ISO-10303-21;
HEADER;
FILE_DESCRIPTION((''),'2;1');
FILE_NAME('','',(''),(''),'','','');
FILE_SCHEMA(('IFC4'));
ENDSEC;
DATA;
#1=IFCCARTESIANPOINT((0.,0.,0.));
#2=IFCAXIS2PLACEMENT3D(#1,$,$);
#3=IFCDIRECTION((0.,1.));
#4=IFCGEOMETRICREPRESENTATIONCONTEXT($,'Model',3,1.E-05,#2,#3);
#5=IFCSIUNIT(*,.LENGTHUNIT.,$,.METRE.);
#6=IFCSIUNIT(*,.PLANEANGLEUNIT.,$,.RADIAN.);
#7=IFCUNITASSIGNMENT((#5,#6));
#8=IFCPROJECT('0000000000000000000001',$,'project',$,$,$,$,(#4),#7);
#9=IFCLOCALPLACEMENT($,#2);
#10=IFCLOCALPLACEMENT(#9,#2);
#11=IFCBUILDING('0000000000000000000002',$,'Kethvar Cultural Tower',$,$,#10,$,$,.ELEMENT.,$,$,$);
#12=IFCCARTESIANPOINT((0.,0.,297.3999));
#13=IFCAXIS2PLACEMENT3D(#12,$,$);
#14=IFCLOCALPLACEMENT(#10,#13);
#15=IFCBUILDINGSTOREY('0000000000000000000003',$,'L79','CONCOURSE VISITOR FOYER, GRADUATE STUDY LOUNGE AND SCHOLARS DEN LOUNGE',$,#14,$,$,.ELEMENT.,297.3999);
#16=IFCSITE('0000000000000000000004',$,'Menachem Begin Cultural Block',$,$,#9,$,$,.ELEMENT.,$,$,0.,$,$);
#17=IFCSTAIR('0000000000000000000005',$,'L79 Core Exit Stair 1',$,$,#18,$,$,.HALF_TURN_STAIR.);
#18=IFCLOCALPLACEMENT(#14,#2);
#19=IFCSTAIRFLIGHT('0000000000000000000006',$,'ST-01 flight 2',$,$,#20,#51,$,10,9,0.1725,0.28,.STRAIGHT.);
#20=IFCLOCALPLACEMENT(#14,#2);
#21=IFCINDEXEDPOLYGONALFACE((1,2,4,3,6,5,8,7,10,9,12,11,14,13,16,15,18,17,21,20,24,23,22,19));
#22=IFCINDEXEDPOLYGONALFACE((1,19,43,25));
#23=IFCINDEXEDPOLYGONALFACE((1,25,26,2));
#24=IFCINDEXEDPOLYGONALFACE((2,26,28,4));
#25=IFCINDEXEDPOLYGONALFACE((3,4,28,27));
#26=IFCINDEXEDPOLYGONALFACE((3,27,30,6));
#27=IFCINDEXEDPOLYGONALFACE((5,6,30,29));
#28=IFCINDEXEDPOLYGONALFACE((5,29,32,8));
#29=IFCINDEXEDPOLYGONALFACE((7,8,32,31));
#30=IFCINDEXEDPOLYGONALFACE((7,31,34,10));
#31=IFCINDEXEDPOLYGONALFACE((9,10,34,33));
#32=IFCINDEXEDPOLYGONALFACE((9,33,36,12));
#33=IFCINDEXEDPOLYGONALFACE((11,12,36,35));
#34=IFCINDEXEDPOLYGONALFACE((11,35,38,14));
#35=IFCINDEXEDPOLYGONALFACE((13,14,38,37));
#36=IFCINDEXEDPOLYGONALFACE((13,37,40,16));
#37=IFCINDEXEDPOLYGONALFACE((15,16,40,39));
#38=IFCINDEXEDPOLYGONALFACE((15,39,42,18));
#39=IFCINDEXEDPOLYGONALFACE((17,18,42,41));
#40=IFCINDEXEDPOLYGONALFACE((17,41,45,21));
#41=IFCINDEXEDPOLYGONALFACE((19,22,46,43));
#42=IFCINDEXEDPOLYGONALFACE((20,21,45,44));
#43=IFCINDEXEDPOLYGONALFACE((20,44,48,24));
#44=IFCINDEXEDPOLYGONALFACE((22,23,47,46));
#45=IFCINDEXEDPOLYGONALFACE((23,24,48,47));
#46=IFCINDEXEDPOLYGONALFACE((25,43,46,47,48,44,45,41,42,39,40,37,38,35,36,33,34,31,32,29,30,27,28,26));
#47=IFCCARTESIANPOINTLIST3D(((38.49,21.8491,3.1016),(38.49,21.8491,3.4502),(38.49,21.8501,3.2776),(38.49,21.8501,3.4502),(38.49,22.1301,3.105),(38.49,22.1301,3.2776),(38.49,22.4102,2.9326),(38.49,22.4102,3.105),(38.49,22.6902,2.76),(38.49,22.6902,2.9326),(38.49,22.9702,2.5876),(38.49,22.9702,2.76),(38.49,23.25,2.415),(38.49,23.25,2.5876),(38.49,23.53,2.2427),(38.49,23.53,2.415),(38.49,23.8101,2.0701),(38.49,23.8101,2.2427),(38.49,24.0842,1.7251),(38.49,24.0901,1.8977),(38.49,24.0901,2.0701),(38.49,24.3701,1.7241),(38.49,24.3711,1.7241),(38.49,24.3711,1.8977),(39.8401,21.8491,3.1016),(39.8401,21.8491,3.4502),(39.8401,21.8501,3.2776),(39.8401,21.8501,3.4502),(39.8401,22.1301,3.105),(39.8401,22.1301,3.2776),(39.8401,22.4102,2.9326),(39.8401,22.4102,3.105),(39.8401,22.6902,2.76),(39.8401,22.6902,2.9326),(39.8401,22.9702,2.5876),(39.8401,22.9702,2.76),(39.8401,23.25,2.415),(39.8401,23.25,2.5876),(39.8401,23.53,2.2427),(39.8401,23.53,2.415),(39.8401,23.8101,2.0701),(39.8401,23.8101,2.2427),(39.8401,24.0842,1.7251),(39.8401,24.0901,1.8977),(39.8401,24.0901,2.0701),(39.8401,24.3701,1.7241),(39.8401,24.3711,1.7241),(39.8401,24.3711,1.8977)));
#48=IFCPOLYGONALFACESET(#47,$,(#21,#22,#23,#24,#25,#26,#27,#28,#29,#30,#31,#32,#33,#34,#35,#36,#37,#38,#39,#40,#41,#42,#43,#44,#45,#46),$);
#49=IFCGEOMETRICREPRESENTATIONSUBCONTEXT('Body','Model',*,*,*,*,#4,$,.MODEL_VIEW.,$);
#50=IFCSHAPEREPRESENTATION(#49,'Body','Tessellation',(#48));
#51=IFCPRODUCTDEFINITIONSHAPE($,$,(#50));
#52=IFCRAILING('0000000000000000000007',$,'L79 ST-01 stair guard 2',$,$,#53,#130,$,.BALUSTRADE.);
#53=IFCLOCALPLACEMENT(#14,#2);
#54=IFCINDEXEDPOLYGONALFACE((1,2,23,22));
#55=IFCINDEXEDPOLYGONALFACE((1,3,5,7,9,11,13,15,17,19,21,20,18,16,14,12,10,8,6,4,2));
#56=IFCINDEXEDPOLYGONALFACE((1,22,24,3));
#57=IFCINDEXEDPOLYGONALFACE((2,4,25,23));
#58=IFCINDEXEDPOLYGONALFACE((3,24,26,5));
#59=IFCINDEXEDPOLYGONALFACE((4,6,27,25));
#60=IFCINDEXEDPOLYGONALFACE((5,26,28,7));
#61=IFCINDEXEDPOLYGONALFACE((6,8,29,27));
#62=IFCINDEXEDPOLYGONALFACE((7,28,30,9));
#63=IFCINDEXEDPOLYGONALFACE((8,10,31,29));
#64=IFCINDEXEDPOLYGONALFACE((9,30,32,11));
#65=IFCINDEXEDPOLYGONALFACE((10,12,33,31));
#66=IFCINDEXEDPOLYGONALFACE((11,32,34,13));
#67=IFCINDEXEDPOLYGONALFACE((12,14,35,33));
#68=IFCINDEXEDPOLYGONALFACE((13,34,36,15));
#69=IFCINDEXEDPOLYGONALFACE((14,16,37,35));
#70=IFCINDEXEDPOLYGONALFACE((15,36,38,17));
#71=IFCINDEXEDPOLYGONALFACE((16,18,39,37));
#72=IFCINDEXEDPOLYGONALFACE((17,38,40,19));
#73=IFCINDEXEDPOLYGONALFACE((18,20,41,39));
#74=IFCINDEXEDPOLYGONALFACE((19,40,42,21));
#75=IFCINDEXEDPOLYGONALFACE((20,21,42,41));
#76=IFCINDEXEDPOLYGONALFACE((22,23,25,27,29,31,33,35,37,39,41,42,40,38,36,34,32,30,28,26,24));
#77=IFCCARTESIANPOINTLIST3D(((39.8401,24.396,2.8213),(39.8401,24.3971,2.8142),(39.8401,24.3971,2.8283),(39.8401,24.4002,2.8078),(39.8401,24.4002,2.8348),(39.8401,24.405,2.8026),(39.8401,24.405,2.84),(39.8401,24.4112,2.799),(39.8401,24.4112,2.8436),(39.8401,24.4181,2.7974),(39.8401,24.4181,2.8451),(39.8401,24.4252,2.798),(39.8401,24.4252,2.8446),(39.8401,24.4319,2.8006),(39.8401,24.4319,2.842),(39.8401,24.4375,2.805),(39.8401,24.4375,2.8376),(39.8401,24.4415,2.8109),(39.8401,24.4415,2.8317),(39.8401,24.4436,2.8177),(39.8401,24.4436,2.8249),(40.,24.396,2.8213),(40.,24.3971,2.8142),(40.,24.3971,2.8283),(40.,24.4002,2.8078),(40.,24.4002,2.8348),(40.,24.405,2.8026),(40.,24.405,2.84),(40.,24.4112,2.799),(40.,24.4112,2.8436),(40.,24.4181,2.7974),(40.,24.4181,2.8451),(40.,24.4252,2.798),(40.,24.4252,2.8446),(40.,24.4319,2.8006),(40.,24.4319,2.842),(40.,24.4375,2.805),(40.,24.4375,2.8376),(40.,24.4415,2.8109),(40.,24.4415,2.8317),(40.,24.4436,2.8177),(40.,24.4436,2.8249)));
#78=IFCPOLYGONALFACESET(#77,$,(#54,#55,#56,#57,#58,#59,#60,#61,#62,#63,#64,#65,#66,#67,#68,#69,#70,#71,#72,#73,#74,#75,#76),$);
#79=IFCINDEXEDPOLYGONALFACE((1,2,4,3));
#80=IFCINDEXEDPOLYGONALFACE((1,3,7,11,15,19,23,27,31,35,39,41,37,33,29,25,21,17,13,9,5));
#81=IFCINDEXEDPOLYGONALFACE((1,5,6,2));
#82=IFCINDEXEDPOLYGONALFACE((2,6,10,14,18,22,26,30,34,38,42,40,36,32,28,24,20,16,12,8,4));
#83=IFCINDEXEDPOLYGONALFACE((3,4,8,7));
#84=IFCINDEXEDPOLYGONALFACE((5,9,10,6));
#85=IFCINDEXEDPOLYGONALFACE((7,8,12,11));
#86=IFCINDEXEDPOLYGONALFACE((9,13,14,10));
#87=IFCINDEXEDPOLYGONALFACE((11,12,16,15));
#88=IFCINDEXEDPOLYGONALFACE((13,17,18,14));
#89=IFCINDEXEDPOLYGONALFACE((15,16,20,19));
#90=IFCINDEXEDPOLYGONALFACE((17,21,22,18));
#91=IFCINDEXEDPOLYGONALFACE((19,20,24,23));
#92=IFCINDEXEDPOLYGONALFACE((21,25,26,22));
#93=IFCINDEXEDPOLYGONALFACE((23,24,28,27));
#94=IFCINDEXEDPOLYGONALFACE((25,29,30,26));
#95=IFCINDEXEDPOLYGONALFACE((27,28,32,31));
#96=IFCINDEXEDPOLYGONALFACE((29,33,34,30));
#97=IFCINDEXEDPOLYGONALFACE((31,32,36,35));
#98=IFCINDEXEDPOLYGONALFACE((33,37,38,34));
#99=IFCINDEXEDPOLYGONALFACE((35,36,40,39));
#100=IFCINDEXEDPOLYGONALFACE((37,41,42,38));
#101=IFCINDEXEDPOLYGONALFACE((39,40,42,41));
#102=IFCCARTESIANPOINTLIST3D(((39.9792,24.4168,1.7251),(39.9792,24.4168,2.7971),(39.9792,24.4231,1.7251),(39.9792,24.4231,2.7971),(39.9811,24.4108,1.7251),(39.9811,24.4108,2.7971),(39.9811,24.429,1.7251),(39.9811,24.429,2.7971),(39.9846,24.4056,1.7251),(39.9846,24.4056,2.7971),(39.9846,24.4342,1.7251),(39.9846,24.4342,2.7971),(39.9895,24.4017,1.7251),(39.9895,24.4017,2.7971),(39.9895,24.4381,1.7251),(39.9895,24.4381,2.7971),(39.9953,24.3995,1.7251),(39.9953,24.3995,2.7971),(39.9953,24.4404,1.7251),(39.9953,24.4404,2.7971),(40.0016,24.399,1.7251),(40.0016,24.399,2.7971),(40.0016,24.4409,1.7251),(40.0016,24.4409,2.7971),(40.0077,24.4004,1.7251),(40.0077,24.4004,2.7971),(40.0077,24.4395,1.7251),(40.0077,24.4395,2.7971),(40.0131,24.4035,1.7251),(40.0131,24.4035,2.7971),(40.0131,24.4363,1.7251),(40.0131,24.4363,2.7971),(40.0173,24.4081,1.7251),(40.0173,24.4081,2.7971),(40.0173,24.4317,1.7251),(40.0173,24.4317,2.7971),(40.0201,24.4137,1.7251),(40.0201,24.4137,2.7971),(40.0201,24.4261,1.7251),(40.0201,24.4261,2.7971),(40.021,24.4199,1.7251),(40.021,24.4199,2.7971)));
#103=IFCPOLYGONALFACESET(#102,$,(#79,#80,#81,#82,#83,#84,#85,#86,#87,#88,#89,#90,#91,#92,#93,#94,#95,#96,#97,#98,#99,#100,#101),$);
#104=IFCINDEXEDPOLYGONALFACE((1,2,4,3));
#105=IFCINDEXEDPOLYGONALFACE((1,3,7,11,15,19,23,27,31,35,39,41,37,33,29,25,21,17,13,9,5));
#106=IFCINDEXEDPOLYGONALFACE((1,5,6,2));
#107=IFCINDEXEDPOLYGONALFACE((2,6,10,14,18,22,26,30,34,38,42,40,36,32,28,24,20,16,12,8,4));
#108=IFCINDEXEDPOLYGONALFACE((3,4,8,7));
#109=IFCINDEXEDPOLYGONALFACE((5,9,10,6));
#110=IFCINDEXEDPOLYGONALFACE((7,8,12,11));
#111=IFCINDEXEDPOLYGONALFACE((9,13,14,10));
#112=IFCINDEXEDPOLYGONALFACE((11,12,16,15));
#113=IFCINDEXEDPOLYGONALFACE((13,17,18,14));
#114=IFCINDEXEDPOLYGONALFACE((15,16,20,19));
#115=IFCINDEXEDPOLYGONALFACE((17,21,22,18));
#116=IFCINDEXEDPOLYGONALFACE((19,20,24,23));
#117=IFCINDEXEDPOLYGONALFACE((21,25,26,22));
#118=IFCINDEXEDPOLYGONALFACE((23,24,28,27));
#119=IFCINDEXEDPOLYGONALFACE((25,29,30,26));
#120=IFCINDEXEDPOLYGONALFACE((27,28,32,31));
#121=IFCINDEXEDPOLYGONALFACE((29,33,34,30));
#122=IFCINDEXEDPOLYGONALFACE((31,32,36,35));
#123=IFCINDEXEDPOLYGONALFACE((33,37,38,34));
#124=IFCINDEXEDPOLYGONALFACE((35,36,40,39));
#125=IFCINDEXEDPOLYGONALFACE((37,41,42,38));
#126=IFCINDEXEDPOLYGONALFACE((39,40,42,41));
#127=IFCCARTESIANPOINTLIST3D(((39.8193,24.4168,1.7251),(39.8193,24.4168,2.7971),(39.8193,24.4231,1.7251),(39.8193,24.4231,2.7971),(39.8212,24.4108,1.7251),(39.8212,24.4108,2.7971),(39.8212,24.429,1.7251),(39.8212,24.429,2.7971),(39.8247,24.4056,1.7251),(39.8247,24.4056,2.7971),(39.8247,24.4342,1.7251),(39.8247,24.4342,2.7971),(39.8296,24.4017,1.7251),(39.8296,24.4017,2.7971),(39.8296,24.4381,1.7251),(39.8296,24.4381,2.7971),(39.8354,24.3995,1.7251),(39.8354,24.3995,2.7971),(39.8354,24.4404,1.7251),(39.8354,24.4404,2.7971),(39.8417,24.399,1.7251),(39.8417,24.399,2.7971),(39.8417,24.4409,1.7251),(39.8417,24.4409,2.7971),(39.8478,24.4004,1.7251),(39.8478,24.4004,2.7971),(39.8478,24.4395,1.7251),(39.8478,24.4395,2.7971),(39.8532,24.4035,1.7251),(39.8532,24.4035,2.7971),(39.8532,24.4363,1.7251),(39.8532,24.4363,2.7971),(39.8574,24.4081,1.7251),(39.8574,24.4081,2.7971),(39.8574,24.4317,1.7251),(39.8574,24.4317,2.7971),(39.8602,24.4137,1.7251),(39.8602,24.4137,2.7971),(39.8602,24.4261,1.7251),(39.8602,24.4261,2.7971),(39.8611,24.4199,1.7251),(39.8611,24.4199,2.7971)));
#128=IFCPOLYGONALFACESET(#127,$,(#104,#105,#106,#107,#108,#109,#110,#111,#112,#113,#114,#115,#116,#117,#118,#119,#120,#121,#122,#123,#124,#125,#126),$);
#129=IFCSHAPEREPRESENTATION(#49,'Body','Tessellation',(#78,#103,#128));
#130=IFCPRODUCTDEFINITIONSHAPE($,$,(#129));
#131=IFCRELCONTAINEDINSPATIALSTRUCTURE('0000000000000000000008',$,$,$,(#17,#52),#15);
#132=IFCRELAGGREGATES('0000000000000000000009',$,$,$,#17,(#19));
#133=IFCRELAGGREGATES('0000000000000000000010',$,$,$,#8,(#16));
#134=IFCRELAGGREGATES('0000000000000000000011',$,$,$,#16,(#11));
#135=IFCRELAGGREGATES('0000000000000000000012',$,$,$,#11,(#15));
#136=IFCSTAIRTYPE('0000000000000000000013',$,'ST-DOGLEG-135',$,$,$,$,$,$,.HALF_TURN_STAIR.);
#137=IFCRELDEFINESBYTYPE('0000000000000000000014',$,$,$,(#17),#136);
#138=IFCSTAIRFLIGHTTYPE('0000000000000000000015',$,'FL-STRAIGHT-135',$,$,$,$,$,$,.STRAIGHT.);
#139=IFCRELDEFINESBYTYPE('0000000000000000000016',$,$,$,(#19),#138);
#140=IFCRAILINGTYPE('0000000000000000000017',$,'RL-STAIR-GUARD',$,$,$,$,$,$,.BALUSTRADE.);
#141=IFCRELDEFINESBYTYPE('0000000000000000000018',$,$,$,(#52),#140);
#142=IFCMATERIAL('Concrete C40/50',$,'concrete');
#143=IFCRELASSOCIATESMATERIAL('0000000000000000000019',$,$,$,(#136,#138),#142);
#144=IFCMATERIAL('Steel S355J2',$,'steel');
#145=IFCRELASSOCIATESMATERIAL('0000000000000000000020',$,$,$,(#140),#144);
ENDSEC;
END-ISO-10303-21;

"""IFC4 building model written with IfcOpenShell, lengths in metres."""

from ifc_helpers import new_model, si_unit, direction, frame, origin, origin_2d, place, context, subcontext, project, spatial, polyline, circle, outline, extrude, material, type_object, element, aggregate, save


model = new_model("IFC4")

# Units and contexts
model_context = context("Model", 3, precision=1e-05, world=origin(), true_north=direction((0.0, 1.0)))
body_context = subcontext(model_context, "Body", "Model", "MODEL_VIEW")
ifc_project = project(units=[si_unit("LENGTHUNIT", "METRE"), si_unit("PLANEANGLEUNIT", "RADIAN")], contexts=[model_context])

# Site, building, storey
site_placement = place(None, origin())
site = spatial("IfcSite", under=ifc_project, at=site_placement, Name="Menachem Begin Cultural Block", CompositionType="ELEMENT", RefElevation=0.0)
building_placement = place(site_placement, origin())
building = spatial("IfcBuilding", under=site, at=building_placement, Name="Kethvar Cultural Tower", CompositionType="ELEMENT")
storey_placement = place(building_placement, frame((0.0, 0.0, 297.3999)))
storey = spatial("IfcBuildingStorey", under=building, at=storey_placement, Name="L79", Description="CONCOURSE VISITOR FOYER, GRADUATE STUDY LOUNGE AND SCHOLARS DEN LOUNGE", CompositionType="ELEMENT", Elevation=297.3999)

# Shared definitions
ifc_material_1 = material(Name="Steel S355J2", Category="steel")

# Shared definitions
ifc_material_2 = material(Name="Concrete C40/50", Category="concrete")

# Stair, stair flight
stair_type = type_object("IfcStairType", Name="ST-DOGLEG-135", PredefinedType="HALF_TURN_STAIR", material=ifc_material_2)
stair_placement = place(storey_placement, origin())
stair = element("IfcStair", 1, at=stair_placement, inside=storey, type_object=stair_type, Name="L79 Core Exit Stair 1", PredefinedType="HALF_TURN_STAIR")
stair_flight_type = type_object("IfcStairFlightType", Name="FL-STRAIGHT-135", PredefinedType="STRAIGHT", material=ifc_material_2)
stair_flight_placement = place(storey_placement, frame((39.165, 24.3701, 1.7251), z_axis=(0.0, 0.0, 1.0), x_axis=(0.0, -1.0, 0.0)))
stair_flight = element("IfcStairFlight", 2, at=stair_flight_placement, type_object=stair_flight_type, Name="ST-01 flight 2", NumberOfRisers=10, NumberOfTreads=9, PredefinedType="STRAIGHT", RiserHeight=0.1725, TreadLength=0.28, context=body_context, shape_type="SweptSolid", body=[
    extrude(outline(polyline([(-0.001, -0.001), (-0.001, 0.1726), (0.28, 0.1726), (0.28, 0.345), (0.5601, 0.345), (0.5601, 0.5176), (0.8401, 0.5176), (0.8401, 0.6899), (1.1201, 0.6899), (1.1201, 0.8625), (1.3999, 0.8625), (1.3999, 1.0349), (1.6799, 1.0349), (1.6799, 1.2075), (1.96, 1.2075), (1.96, 1.3799), (2.24, 1.3799), (2.24, 1.5525), (2.52, 1.5525), (2.52, 1.7251), (2.521, 1.7251), (2.521, 1.3765), (0.2859, 0.0), (0.0, -0.001), (-0.001, -0.001)])), frame((0.0, 0.675, 0.0), z_axis=(0.0, -1.0, 0.0), x_axis=(1.0, 0.0, 0.0)), (0.0, 0.0, 1.0), 1.3501),
])
aggregate(stair, [stair_flight])

# Railing
railing_type = type_object("IfcRailingType", Name="RL-STAIR-GUARD", PredefinedType="BALUSTRADE", material=ifc_material_1)
railing_1_placement = place(storey_placement, frame((40.0, 24.4199, 1.7251)))
element("IfcRailing", 3, at=railing_1_placement, inside=storey, type_object=railing_type, Name="L79 ST-01 stair guard 2", PredefinedType="BALUSTRADE", context=body_context, shape_type="SweptSolid", body=[
    extrude(circle(Radius=0.0239, at=origin_2d()), frame((0.0, 0.0, 1.0962), z_axis=(-1.0, 0.0, 0.0), x_axis=(0.0, -1.0, 0.0)), (0.0, 0.0, 1.0), 0.1599),
    extrude(circle(Radius=0.021, at=origin_2d()), origin(), (0.0, 0.0, 1.0), 1.072),
    extrude(circle(Radius=0.021, at=origin_2d()), frame((-0.1599, 0.0, 0.0)), (0.0, 0.0, 1.0), 1.072),
])

save(model, "model.ifc")
